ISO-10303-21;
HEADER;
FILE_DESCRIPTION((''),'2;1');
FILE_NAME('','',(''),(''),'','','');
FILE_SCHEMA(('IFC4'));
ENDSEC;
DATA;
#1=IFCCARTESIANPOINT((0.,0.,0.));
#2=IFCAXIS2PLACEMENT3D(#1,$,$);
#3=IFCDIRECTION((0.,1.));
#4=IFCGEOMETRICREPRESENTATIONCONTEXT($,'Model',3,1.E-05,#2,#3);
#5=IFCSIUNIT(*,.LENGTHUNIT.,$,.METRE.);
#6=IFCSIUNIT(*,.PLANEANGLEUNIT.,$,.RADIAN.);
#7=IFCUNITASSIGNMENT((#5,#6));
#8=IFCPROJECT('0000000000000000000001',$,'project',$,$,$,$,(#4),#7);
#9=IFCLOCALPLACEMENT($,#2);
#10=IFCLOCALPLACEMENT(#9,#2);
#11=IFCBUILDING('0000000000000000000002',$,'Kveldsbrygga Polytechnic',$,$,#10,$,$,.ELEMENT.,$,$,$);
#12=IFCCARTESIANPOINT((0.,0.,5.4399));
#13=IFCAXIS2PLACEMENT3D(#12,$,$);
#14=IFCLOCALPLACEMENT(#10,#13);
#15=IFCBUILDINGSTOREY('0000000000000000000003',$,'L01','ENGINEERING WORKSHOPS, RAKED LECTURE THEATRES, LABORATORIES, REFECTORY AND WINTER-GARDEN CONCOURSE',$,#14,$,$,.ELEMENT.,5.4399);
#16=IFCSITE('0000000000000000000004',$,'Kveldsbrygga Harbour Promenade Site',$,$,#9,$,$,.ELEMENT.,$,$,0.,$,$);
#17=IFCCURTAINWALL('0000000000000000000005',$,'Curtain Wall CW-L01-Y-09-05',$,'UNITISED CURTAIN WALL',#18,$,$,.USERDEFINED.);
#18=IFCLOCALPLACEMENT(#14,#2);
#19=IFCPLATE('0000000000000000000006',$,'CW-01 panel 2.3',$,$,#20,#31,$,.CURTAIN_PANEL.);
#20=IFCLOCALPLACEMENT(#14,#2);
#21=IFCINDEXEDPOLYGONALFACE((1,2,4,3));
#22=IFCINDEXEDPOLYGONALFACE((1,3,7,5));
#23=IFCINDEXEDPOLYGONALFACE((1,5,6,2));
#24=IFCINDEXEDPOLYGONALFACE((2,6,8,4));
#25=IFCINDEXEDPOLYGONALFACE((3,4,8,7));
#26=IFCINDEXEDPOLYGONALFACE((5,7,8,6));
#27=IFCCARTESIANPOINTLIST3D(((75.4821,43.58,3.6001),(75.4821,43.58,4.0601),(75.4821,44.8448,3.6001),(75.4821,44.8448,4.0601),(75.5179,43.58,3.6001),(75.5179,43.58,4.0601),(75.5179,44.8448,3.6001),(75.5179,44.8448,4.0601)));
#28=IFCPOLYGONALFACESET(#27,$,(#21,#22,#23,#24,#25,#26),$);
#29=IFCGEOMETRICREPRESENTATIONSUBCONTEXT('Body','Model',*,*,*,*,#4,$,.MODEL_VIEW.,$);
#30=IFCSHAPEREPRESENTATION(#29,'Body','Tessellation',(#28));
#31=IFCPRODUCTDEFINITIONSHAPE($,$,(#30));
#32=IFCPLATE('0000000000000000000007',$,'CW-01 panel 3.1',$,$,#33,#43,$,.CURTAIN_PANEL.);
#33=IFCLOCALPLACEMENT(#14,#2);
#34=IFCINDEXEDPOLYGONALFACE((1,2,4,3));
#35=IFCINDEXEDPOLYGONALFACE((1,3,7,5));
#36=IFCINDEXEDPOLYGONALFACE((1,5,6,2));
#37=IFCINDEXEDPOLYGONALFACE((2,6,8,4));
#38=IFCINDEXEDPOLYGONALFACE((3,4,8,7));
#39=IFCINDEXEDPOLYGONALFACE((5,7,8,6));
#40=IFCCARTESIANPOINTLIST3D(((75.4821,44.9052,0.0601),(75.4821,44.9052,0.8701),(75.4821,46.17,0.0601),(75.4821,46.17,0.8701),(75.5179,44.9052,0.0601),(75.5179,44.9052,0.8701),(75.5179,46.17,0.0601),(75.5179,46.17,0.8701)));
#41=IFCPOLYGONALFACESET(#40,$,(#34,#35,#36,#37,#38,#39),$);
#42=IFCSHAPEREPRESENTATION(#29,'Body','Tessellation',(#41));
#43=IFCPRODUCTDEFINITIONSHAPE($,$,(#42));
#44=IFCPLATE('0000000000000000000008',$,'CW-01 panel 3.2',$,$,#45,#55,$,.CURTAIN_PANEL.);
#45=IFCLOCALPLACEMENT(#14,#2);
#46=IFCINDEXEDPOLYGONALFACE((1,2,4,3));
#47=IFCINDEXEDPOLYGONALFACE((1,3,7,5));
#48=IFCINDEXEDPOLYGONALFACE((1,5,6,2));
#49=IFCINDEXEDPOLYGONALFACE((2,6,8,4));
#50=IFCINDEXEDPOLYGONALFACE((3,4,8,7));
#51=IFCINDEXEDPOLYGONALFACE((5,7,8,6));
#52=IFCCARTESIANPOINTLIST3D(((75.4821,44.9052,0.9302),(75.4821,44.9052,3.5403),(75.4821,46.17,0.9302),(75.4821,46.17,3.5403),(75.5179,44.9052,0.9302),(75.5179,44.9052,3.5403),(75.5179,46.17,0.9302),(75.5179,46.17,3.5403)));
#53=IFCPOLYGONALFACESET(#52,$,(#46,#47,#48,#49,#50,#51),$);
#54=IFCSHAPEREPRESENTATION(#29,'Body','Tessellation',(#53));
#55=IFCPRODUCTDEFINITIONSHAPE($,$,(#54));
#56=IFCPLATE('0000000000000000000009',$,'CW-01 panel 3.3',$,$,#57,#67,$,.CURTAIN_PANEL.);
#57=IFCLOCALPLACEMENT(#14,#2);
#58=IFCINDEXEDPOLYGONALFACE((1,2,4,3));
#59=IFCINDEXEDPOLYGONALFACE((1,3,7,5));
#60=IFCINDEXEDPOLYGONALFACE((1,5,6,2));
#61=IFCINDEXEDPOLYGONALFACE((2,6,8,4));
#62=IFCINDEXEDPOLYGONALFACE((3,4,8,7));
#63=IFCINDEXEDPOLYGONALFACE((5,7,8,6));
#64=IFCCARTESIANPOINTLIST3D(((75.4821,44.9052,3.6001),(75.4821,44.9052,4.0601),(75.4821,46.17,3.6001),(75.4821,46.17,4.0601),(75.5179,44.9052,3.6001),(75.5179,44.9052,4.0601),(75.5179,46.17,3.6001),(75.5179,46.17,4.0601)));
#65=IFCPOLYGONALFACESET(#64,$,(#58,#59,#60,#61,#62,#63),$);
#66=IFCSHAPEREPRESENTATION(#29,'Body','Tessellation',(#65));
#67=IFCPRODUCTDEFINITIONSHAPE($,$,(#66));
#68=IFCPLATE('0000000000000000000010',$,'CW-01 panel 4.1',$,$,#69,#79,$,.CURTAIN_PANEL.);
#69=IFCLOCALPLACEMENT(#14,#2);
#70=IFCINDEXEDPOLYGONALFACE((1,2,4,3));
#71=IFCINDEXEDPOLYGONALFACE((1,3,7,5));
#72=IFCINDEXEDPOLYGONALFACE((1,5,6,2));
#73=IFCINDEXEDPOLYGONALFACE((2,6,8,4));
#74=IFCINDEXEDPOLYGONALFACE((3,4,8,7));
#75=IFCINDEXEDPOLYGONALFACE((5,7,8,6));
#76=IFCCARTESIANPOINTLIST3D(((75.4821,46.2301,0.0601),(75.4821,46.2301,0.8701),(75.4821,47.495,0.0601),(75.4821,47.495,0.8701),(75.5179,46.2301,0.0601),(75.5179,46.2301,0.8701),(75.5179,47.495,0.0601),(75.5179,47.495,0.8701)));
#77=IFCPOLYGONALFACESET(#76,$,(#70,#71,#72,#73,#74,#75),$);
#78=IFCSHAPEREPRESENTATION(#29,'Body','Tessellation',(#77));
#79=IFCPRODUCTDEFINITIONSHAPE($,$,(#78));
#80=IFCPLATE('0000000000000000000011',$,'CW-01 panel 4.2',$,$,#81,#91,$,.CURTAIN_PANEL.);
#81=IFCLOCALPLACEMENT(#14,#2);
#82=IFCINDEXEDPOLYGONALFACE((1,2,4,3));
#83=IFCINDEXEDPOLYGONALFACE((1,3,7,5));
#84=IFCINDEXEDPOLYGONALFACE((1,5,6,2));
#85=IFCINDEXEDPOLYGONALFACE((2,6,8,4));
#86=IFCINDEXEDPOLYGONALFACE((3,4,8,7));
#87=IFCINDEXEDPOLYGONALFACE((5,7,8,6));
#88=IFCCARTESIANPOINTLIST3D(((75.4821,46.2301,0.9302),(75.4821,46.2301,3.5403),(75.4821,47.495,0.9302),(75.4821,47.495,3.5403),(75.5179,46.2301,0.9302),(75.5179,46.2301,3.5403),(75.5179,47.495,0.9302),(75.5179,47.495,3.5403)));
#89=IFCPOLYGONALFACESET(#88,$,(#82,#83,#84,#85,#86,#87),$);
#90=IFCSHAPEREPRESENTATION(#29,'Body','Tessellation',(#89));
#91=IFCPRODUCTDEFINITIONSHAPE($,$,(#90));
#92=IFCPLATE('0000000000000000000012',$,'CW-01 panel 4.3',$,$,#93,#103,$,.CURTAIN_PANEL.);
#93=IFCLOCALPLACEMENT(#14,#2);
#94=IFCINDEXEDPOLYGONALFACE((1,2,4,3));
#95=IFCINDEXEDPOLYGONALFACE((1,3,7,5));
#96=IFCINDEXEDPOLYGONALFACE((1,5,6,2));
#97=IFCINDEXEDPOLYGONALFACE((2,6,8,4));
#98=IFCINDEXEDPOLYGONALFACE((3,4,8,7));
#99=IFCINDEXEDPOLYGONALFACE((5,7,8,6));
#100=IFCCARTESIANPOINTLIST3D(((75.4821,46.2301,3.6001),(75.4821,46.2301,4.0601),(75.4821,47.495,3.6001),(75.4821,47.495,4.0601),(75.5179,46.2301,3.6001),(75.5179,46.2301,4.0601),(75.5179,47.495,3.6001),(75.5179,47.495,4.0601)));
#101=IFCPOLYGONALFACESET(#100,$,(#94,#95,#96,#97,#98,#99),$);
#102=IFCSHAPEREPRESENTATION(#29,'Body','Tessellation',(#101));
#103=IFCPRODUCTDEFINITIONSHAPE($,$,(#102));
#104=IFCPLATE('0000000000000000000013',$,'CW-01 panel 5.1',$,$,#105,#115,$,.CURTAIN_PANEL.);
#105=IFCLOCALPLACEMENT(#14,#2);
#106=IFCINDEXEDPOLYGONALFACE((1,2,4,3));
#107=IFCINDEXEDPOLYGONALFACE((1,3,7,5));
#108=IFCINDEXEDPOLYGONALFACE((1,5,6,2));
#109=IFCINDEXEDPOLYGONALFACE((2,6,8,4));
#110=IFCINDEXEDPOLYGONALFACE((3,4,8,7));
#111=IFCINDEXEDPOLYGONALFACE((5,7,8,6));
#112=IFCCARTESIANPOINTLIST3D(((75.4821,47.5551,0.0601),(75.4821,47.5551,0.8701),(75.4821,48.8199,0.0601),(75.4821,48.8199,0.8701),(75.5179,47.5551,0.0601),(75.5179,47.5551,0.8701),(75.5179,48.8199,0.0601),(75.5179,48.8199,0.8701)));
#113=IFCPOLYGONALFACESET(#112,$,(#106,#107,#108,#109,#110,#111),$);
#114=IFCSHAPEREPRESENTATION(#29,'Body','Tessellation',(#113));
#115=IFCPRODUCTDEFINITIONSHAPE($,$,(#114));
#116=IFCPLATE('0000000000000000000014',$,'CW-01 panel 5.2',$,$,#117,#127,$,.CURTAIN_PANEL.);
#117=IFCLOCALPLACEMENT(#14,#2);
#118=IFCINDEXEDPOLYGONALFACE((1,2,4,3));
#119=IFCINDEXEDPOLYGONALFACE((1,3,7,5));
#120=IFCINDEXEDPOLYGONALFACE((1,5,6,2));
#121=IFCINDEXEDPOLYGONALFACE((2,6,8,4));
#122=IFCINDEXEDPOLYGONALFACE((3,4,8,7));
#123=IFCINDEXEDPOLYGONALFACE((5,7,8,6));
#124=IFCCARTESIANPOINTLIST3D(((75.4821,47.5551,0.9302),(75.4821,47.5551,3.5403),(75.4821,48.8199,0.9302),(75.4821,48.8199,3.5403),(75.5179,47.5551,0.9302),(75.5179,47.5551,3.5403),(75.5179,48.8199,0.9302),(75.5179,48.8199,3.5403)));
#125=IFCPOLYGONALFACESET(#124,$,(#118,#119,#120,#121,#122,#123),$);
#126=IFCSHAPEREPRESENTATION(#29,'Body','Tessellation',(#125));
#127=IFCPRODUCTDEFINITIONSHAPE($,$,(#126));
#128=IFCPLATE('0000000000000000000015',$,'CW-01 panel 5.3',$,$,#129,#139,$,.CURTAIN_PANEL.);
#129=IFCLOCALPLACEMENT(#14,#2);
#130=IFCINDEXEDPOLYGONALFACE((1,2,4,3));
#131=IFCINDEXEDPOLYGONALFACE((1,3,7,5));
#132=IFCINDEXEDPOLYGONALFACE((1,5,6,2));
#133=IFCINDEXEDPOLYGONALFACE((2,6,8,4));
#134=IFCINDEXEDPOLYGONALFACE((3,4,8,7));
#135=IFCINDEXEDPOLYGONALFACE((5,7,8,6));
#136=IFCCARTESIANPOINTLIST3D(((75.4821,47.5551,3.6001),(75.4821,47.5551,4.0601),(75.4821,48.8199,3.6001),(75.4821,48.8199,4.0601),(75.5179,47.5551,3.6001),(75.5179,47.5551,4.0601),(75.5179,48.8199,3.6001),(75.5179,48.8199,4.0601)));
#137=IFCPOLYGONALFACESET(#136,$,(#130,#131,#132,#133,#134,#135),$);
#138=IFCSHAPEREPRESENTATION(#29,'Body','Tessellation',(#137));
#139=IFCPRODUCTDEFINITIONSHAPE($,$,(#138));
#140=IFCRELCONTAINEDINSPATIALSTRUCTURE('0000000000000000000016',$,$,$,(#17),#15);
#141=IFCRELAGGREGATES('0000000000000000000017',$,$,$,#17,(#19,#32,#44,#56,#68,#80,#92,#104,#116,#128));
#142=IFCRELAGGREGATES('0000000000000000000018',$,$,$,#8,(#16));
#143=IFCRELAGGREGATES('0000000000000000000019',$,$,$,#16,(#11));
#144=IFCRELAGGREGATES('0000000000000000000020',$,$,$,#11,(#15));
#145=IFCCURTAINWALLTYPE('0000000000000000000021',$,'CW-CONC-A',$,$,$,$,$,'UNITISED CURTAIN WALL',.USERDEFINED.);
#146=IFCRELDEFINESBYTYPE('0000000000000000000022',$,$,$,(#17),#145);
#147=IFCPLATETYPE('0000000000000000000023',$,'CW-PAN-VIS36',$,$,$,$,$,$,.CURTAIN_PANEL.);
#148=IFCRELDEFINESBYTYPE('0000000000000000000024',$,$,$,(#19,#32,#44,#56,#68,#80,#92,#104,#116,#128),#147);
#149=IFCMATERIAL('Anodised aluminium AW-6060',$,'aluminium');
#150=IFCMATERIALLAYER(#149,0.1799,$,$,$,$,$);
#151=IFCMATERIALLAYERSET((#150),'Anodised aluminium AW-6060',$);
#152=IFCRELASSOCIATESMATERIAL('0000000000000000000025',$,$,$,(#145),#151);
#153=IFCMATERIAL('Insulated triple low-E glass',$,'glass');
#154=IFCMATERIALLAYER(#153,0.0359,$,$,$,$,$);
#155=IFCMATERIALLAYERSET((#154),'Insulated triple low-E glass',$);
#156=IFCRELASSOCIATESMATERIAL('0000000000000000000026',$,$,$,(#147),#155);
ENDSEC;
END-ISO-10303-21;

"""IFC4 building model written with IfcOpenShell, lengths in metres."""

from ifc_helpers import new_model, si_unit, direction, frame, origin, origin_2d, place, context, subcontext, project, spatial, rectangle, extrude, material, layer, layer_set, type_object, element, aggregate, save


model = new_model("IFC4")

# Units and contexts
model_context = context("Model", 3, precision=1e-05, world=origin(), true_north=direction((0.0, 1.0)))
body_context = subcontext(model_context, "Body", "Model", "MODEL_VIEW")
ifc_project = project(units=[si_unit("LENGTHUNIT", "METRE"), si_unit("PLANEANGLEUNIT", "RADIAN")], contexts=[model_context])

# Site, building, storey
site_placement = place(None, origin())
site = spatial("IfcSite", under=ifc_project, at=site_placement, Name="Kveldsbrygga Harbour Promenade Site", CompositionType="ELEMENT", RefElevation=0.0)
building_placement = place(site_placement, origin())
building = spatial("IfcBuilding", under=site, at=building_placement, Name="Kveldsbrygga Polytechnic", CompositionType="ELEMENT")
storey_placement = place(building_placement, frame((0.0, 0.0, 5.4399)))
storey = spatial("IfcBuildingStorey", under=building, at=storey_placement, Name="L01", Description="ENGINEERING WORKSHOPS, RAKED LECTURE THEATRES, LABORATORIES, REFECTORY AND WINTER-GARDEN CONCOURSE", CompositionType="ELEMENT", Elevation=5.4399)

# Curtain wall, plates
ifc_material_1 = material(Name="Anodised aluminium AW-6060", Category="aluminium")
ifc_layer_1 = layer(ifc_material_1, 0.1799)
ifc_layer_set_1 = layer_set([ifc_layer_1], Name="Anodised aluminium AW-6060")
curtain_wall_type = type_object("IfcCurtainWallType", Name="CW-CONC-A", ElementType="UNITISED CURTAIN WALL", PredefinedType="USERDEFINED", material=ifc_layer_set_1)
curtain_wall_placement = place(storey_placement, origin())
curtain_wall = element("IfcCurtainWall", 1, at=curtain_wall_placement, inside=storey, type_object=curtain_wall_type, Name="Curtain Wall CW-L01-Y-09-05", ObjectType="UNITISED CURTAIN WALL", PredefinedType="USERDEFINED")
ifc_material_2 = material(Name="Insulated triple low-E glass", Category="glass")
ifc_layer_2 = layer(ifc_material_2, 0.0359)
ifc_layer_set_2 = layer_set([ifc_layer_2], Name="Insulated triple low-E glass")
plate_type = type_object("IfcPlateType", Name="CW-PAN-VIS36", PredefinedType="CURTAIN_PANEL", material=ifc_layer_set_2)
plate_1_placement = place(storey_placement, frame((75.5, 44.2124, 3.6001), z_axis=(0.0, 0.0, 1.0), x_axis=(0.0, 1.0, 0.0)))
plate_1 = element("IfcPlate", 2, at=plate_1_placement, type_object=plate_type, Name="CW-01 panel 2.3", PredefinedType="CURTAIN_PANEL", context=body_context, shape_type="SweptSolid", body=[
    extrude(rectangle(XDim=1.2649, YDim=0.0359, at=origin_2d()), origin(), (0.0, 0.0, 1.0), 0.46),
])
plate_2_placement = place(storey_placement, frame((75.5, 45.5376, 0.0601), z_axis=(0.0, 0.0, 1.0), x_axis=(0.0, 1.0, 0.0)))
plate_2 = element("IfcPlate", 3, at=plate_2_placement, type_object=plate_type, Name="CW-01 panel 3.1", PredefinedType="CURTAIN_PANEL", context=body_context, shape_type="SweptSolid", body=[
    extrude(rectangle(XDim=1.2649, YDim=0.0359, at=origin_2d()), origin(), (0.0, 0.0, 1.0), 0.8101),
])
plate_3_placement = place(storey_placement, frame((75.5, 45.5376, 0.9302), z_axis=(0.0, 0.0, 1.0), x_axis=(0.0, 1.0, 0.0)))
plate_3 = element("IfcPlate", 4, at=plate_3_placement, type_object=plate_type, Name="CW-01 panel 3.2", PredefinedType="CURTAIN_PANEL", context=body_context, shape_type="SweptSolid", body=[
    extrude(rectangle(XDim=1.2649, YDim=0.0359, at=origin_2d()), origin(), (0.0, 0.0, 1.0), 2.6101),
])
plate_4_placement = place(storey_placement, frame((75.5, 45.5376, 3.6001), z_axis=(0.0, 0.0, 1.0), x_axis=(0.0, 1.0, 0.0)))
plate_4 = element("IfcPlate", 5, at=plate_4_placement, type_object=plate_type, Name="CW-01 panel 3.3", PredefinedType="CURTAIN_PANEL", context=body_context, shape_type="SweptSolid", body=[
    extrude(rectangle(XDim=1.2649, YDim=0.0359, at=origin_2d()), origin(), (0.0, 0.0, 1.0), 0.46),
])
plate_5_placement = place(storey_placement, frame((75.5, 46.8625, 0.0601), z_axis=(0.0, 0.0, 1.0), x_axis=(0.0, 1.0, 0.0)))
plate_5 = element("IfcPlate", 6, at=plate_5_placement, type_object=plate_type, Name="CW-01 panel 4.1", PredefinedType="CURTAIN_PANEL", context=body_context, shape_type="SweptSolid", body=[
    extrude(rectangle(XDim=1.2649, YDim=0.0359, at=origin_2d()), origin(), (0.0, 0.0, 1.0), 0.8101),
])
plate_6_placement = place(storey_placement, frame((75.5, 46.8625, 0.9302), z_axis=(0.0, 0.0, 1.0), x_axis=(0.0, 1.0, 0.0)))
plate_6 = element("IfcPlate", 7, at=plate_6_placement, type_object=plate_type, Name="CW-01 panel 4.2", PredefinedType="CURTAIN_PANEL", context=body_context, shape_type="SweptSolid", body=[
    extrude(rectangle(XDim=1.2649, YDim=0.0359, at=origin_2d()), origin(), (0.0, 0.0, 1.0), 2.6101),
])
plate_7_placement = place(storey_placement, frame((75.5, 46.8625, 3.6001), z_axis=(0.0, 0.0, 1.0), x_axis=(0.0, 1.0, 0.0)))
plate_7 = element("IfcPlate", 8, at=plate_7_placement, type_object=plate_type, Name="CW-01 panel 4.3", PredefinedType="CURTAIN_PANEL", context=body_context, shape_type="SweptSolid", body=[
    extrude(rectangle(XDim=1.2649, YDim=0.0359, at=origin_2d()), origin(), (0.0, 0.0, 1.0), 0.46),
])
plate_8_placement = place(storey_placement, frame((75.5, 48.1875, 0.0601), z_axis=(0.0, 0.0, 1.0), x_axis=(0.0, 1.0, 0.0)))
plate_8 = element("IfcPlate", 9, at=plate_8_placement, type_object=plate_type, Name="CW-01 panel 5.1", PredefinedType="CURTAIN_PANEL", context=body_context, shape_type="SweptSolid", body=[
    extrude(rectangle(XDim=1.2649, YDim=0.0359, at=origin_2d()), origin(), (0.0, 0.0, 1.0), 0.8101),
])
plate_9_placement = place(storey_placement, frame((75.5, 48.1875, 0.9302), z_axis=(0.0, 0.0, 1.0), x_axis=(0.0, 1.0, 0.0)))
plate_9 = element("IfcPlate", 10, at=plate_9_placement, type_object=plate_type, Name="CW-01 panel 5.2", PredefinedType="CURTAIN_PANEL", context=body_context, shape_type="SweptSolid", body=[
    extrude(rectangle(XDim=1.2649, YDim=0.0359, at=origin_2d()), origin(), (0.0, 0.0, 1.0), 2.6101),
])
plate_10_placement = place(storey_placement, frame((75.5, 48.1875, 3.6001), z_axis=(0.0, 0.0, 1.0), x_axis=(0.0, 1.0, 0.0)))
plate_10 = element("IfcPlate", 11, at=plate_10_placement, type_object=plate_type, Name="CW-01 panel 5.3", PredefinedType="CURTAIN_PANEL", context=body_context, shape_type="SweptSolid", body=[
    extrude(rectangle(XDim=1.2649, YDim=0.0359, at=origin_2d()), origin(), (0.0, 0.0, 1.0), 0.46),
])
aggregate(curtain_wall, [plate_1, plate_2, plate_3, plate_4, plate_5, plate_6, plate_7, plate_8, plate_9, plate_10])

save(model, "model.ifc")
